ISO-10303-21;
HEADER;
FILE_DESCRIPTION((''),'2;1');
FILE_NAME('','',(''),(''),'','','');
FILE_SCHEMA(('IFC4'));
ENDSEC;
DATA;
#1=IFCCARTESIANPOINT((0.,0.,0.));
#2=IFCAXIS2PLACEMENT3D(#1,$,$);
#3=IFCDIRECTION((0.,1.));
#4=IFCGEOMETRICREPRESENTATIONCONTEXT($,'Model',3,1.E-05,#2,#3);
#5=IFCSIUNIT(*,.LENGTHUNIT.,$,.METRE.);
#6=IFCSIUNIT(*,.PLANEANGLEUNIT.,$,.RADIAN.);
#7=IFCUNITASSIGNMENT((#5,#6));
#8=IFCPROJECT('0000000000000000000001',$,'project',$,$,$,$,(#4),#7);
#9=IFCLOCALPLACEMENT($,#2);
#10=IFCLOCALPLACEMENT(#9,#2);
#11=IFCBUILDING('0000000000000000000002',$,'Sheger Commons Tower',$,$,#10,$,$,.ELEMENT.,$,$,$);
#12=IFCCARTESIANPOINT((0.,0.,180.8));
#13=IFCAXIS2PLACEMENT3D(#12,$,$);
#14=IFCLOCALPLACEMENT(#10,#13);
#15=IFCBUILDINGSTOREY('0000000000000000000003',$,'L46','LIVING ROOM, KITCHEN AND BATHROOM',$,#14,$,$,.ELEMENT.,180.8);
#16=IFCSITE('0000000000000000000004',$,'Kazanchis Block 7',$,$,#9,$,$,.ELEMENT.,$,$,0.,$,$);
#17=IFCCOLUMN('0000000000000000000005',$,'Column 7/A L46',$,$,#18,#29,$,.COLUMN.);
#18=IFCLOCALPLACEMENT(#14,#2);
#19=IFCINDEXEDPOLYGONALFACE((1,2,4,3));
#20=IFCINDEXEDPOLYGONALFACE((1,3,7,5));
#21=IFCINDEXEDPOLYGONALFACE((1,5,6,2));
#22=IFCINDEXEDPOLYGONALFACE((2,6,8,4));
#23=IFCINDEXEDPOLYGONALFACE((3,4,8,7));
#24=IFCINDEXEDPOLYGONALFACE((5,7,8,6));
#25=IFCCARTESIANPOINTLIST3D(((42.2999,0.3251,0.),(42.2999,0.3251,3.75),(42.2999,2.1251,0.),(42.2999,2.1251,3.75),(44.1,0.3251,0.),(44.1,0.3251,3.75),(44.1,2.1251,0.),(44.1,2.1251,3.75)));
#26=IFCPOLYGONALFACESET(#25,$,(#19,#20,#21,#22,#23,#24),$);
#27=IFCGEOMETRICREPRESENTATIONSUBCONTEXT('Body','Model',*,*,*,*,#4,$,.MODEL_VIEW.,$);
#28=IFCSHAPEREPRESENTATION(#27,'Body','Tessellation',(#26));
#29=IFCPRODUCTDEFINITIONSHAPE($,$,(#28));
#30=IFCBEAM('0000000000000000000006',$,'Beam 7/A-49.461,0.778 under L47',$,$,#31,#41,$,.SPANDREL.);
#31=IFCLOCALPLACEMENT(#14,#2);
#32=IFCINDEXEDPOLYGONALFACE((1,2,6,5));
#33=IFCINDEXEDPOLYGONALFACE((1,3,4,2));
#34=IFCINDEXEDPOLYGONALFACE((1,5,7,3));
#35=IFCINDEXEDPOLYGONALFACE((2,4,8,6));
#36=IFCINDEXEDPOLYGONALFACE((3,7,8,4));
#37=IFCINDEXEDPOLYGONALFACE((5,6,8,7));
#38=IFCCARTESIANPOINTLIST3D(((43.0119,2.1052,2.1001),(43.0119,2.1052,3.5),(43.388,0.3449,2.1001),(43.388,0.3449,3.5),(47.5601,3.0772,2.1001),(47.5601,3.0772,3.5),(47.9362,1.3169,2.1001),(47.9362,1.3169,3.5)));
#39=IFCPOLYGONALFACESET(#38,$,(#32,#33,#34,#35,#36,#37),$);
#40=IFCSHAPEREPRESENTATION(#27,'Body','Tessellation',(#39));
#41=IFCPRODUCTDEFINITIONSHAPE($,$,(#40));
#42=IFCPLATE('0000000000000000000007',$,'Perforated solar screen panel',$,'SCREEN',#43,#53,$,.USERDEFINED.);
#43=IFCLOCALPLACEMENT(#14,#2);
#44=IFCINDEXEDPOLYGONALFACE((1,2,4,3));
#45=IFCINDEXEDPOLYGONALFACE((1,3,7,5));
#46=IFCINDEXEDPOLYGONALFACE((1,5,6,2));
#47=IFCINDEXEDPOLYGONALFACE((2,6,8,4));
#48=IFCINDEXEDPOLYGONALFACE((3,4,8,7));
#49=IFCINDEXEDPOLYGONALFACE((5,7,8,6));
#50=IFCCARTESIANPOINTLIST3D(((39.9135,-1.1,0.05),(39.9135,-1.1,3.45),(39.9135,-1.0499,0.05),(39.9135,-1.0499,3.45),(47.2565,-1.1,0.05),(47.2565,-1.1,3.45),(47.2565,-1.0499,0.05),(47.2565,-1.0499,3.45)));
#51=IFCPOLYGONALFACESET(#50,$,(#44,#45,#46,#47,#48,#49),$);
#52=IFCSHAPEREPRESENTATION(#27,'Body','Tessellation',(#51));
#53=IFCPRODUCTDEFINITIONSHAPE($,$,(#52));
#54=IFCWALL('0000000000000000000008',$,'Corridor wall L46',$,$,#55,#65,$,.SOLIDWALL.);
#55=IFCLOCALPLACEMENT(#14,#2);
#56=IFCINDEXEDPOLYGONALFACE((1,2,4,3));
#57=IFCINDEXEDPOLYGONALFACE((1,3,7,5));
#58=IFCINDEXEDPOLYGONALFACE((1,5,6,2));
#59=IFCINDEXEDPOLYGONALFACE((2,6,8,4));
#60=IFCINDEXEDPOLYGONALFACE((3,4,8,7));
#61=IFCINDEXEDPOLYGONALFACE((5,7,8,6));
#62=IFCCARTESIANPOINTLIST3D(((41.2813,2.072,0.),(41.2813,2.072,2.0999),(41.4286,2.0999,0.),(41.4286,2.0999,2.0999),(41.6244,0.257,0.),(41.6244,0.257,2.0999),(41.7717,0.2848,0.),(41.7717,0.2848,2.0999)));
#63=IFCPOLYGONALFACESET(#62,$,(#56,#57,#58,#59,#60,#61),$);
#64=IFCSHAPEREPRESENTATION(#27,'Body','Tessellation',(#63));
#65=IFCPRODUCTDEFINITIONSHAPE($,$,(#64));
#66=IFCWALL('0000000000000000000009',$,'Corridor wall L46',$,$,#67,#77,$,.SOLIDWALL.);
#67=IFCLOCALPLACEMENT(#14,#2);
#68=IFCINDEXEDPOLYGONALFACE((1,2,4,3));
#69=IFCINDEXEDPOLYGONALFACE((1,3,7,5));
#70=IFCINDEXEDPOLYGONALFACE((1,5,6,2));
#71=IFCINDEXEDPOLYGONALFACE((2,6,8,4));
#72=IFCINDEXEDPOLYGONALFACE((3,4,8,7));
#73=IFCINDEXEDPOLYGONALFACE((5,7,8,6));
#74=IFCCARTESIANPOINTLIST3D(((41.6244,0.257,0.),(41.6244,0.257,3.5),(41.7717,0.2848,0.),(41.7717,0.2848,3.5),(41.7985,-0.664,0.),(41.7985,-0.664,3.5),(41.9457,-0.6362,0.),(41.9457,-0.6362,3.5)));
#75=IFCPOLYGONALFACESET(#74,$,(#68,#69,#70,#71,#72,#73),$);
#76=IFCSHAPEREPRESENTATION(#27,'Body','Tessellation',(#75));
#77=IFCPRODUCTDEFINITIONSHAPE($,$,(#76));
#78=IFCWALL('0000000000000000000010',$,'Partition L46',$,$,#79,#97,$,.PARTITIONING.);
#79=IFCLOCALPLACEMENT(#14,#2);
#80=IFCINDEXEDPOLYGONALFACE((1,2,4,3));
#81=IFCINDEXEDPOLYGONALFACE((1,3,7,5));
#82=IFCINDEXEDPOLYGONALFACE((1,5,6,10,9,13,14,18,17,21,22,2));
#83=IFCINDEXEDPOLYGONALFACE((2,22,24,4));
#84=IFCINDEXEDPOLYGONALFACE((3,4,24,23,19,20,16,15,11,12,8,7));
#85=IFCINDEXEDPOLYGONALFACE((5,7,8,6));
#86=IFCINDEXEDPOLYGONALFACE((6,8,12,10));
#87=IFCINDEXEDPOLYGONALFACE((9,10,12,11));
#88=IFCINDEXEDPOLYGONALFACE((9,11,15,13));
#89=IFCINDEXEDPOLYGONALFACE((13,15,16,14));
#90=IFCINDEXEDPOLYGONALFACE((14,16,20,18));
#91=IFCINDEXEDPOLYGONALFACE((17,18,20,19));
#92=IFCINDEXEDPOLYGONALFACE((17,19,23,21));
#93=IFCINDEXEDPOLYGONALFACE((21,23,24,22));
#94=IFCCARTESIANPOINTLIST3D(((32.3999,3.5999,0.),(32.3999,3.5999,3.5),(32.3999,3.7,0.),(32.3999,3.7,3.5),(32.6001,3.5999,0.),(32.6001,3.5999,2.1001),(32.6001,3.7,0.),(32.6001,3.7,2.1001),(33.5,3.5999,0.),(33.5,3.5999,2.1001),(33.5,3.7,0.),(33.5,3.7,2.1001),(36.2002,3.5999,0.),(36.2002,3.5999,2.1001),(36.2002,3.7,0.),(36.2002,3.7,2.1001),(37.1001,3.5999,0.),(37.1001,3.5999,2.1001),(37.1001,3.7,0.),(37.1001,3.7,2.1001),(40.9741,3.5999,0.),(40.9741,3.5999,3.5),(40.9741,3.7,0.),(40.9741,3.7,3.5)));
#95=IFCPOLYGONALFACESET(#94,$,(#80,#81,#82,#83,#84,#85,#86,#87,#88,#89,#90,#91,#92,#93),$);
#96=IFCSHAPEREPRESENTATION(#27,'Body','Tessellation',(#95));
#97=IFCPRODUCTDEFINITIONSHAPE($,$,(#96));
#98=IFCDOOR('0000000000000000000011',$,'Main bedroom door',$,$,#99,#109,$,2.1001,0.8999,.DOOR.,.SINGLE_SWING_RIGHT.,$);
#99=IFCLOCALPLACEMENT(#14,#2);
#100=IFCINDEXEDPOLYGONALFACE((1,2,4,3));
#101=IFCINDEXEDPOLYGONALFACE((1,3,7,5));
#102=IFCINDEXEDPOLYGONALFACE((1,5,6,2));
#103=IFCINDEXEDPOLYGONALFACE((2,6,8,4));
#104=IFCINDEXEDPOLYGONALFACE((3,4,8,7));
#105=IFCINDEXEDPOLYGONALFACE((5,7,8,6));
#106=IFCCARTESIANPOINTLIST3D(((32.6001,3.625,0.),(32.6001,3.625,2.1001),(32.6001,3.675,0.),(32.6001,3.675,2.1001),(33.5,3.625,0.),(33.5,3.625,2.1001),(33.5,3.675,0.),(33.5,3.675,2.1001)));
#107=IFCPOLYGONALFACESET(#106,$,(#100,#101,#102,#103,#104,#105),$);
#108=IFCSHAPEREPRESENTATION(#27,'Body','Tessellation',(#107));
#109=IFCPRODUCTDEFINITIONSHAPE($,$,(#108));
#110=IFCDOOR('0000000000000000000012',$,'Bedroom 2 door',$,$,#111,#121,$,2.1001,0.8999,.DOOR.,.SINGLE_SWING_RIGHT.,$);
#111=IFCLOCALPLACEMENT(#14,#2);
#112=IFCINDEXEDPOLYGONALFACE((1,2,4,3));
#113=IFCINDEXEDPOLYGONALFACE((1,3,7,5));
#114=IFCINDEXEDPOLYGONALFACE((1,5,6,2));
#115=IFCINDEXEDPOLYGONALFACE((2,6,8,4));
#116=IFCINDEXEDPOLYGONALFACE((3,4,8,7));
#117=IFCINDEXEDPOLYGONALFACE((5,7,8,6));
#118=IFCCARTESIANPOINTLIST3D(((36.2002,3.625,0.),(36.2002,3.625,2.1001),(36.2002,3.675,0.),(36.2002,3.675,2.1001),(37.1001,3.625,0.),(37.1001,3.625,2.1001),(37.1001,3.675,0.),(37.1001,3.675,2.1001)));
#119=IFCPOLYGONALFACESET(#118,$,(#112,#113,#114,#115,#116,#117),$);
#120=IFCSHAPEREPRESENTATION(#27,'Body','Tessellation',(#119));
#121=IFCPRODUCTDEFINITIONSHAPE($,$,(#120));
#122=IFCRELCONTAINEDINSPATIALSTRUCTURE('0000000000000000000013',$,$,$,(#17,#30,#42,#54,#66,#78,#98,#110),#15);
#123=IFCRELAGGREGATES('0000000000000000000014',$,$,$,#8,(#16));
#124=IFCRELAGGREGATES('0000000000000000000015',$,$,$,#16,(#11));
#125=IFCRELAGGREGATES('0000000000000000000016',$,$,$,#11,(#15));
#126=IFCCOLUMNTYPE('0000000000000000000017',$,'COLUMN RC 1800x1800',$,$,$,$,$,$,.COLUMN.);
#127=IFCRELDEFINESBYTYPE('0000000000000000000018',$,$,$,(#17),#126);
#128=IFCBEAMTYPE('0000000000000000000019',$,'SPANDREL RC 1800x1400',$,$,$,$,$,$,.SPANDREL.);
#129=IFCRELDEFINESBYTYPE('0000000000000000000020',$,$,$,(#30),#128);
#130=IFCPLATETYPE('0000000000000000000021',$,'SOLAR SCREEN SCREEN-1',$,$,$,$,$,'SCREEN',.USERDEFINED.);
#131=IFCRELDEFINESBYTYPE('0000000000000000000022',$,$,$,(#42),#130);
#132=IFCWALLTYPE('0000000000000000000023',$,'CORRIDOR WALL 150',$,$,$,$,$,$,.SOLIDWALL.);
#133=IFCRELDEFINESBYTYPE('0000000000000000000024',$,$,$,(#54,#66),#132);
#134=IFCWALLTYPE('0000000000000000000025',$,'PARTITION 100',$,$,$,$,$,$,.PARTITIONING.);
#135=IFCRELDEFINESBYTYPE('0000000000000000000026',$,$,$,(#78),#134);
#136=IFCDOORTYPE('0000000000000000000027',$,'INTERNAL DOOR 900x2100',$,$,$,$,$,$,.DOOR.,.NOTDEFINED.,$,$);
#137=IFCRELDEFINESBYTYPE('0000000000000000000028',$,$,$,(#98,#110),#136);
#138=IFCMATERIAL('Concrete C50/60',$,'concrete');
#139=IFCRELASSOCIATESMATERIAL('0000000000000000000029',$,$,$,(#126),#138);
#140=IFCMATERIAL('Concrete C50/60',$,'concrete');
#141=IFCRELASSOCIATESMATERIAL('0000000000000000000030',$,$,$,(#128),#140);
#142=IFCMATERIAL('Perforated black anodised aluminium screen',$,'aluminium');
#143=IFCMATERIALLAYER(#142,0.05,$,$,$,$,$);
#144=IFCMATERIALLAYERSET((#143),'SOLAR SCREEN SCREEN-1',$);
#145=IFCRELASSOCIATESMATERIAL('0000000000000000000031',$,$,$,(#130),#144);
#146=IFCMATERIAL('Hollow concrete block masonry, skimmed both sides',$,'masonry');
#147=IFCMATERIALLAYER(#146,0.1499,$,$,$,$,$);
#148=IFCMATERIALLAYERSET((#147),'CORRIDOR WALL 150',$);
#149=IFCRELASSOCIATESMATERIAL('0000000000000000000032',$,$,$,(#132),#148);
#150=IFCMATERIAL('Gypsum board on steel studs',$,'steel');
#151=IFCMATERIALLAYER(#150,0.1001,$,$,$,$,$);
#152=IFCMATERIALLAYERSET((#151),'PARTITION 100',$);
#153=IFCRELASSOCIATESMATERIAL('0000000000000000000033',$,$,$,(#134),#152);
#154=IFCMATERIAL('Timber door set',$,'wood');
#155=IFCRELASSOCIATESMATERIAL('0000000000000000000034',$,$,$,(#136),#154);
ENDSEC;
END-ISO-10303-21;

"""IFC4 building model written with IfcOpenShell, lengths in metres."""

from ifc_helpers import new_model, si_unit, direction, frame, frame_2d, origin, origin_2d, place, context, subcontext, project, spatial, rectangle, extrude, material, layer, layer_set, material_profile, profile_set, type_object, element, fill, save


model = new_model("IFC4")

# Units and contexts
model_context = context("Model", 3, precision=1e-05, world=origin(), true_north=direction((0.0, 1.0)))
body_context = subcontext(model_context, "Body", "Model", "MODEL_VIEW")
ifc_project = project(units=[si_unit("LENGTHUNIT", "METRE"), si_unit("PLANEANGLEUNIT", "RADIAN")], contexts=[model_context])

# Site, building, storey
site_placement = place(None, origin())
site = spatial("IfcSite", under=ifc_project, at=site_placement, Name="Kazanchis Block 7", CompositionType="ELEMENT", RefElevation=0.0)
building_placement = place(site_placement, origin())
building = spatial("IfcBuilding", under=site, at=building_placement, Name="Sheger Commons Tower", CompositionType="ELEMENT")
storey_placement = place(building_placement, frame((0.0, 0.0, 180.8)))
storey = spatial("IfcBuildingStorey", under=building, at=storey_placement, Name="L46", Description="LIVING ROOM, KITCHEN AND BATHROOM", CompositionType="ELEMENT", Elevation=180.8)

# Column
ifc_material_1 = material(Name="Concrete C50/60", Category="concrete")
ifc_material_profile_1 = material_profile(ifc_material_1, rectangle(XDim=1.8, YDim=1.8, at=origin_2d()), Name="RC 1800x1800")
ifc_profile_set_1 = profile_set([ifc_material_profile_1], Name="Concrete C50/60")
column_type = type_object("IfcColumnType", Name="COLUMN RC 1800x1800", PredefinedType="COLUMN", material=ifc_profile_set_1)
column_placement = place(storey_placement, frame((43.2, 1.2251, 0.0), z_axis=(0.0, 0.0, 1.0), x_axis=(1.0, 0.0, 0.0)))
element("IfcColumn", 1, at=column_placement, inside=storey, type_object=column_type, Name="Column 7/A L46", PredefinedType="COLUMN", context=body_context, shape_type="SweptSolid", body=[
    extrude(rectangle(XDim=1.8, YDim=1.8, at=origin_2d()), origin(), (0.0, 0.0, 1.0), 3.75),
])

# Beam
ifc_material_2 = material(Name="Concrete C50/60", Category="concrete")
ifc_material_profile_2 = material_profile(ifc_material_2, rectangle(XDim=1.8, YDim=1.3999, at=origin_2d()), Name="RC 1800x1400")
ifc_profile_set_2 = profile_set([ifc_material_profile_2], Name="Concrete C50/60")
beam_type = type_object("IfcBeamType", Name="SPANDREL RC 1800x1400", PredefinedType="SPANDREL", material=ifc_profile_set_2)
beam_placement = place(storey_placement, frame((43.2, 1.2251, 2.8), z_axis=(0.97792, 0.208981, 0.0), x_axis=(-0.208981, 0.97792, 0.0)))
element("IfcBeam", 2, at=beam_placement, inside=storey, type_object=beam_type, Name="Beam 7/A-49.461,0.778 under L47", PredefinedType="SPANDREL", context=body_context, shape_type="SweptSolid", body=[
    extrude(rectangle(XDim=1.8, YDim=1.3999, at=origin_2d()), origin(), (0.0, 0.0, 1.0), 4.6509),
])

# Plate
ifc_material_3 = material(Name="Perforated black anodised aluminium screen", Category="aluminium")
ifc_layer_1 = layer(ifc_material_3, 0.05)
ifc_layer_set_1 = layer_set([ifc_layer_1], Name="SOLAR SCREEN SCREEN-1")
plate_type = type_object("IfcPlateType", Name="SOLAR SCREEN SCREEN-1", ElementType="SCREEN", PredefinedType="USERDEFINED", material=ifc_layer_set_1)
plate_placement = place(storey_placement, frame((43.585, -1.075, 0.05), z_axis=(0.0, 0.0, 1.0), x_axis=(1.0, 0.0, 0.0)))
element("IfcPlate", 3, at=plate_placement, inside=storey, type_object=plate_type, Name="Perforated solar screen panel", ObjectType="SCREEN", PredefinedType="USERDEFINED", context=body_context, shape_type="SweptSolid", body=[
    extrude(rectangle(XDim=7.343, YDim=0.05, at=origin_2d()), origin(), (0.0, 0.0, 1.0), 3.3999),
])

# Walls
ifc_material_4 = material(Name="Hollow concrete block masonry, skimmed both sides", Category="masonry")
ifc_layer_2 = layer(ifc_material_4, 0.1499)
ifc_layer_set_2 = layer_set([ifc_layer_2], Name="CORRIDOR WALL 150")
wall_type_1 = type_object("IfcWallType", Name="CORRIDOR WALL 150", PredefinedType="SOLIDWALL", material=ifc_layer_set_2)
wall_1_placement = place(storey_placement, frame((41.355, 2.0859, 0.0), z_axis=(0.0, 0.0, 1.0), x_axis=(0.185709, -0.982605, 0.0)))
element("IfcWall", 4, at=wall_1_placement, inside=storey, type_object=wall_type_1, Name="Corridor wall L46", PredefinedType="SOLIDWALL", context=body_context, shape_type="SweptSolid", body=[
    extrude(rectangle(XDim=1.8472, YDim=0.1499, at=frame_2d((0.9236, 0.0))), origin(), (0.0, 0.0, 1.0), 2.0999),
])
wall_2_placement = place(storey_placement, frame((41.698, 0.271, 0.0), z_axis=(0.0, 0.0, 1.0), x_axis=(0.185735, -0.9826, 0.0)))
element("IfcWall", 5, at=wall_2_placement, inside=storey, type_object=wall_type_1, Name="Corridor wall L46", PredefinedType="SOLIDWALL", context=body_context, shape_type="SweptSolid", body=[
    extrude(rectangle(XDim=0.9373, YDim=0.1499, at=frame_2d((0.4688, 0.0))), origin(), (0.0, 0.0, 1.0), 3.5),
])

# Wall, openings, doors
ifc_material_5 = material(Name="Gypsum board on steel studs", Category="steel")
ifc_layer_3 = layer(ifc_material_5, 0.1001)
ifc_layer_set_3 = layer_set([ifc_layer_3], Name="PARTITION 100")
wall_type_2 = type_object("IfcWallType", Name="PARTITION 100", PredefinedType="PARTITIONING", material=ifc_layer_set_3)
wall_3_placement = place(storey_placement, frame((40.9741, 3.6499, 0.0), z_axis=(0.0, 0.0, 1.0), x_axis=(-1.0, 0.0, 0.0)))
wall_3 = element("IfcWall", 6, at=wall_3_placement, inside=storey, type_object=wall_type_2, Name="Partition L46", PredefinedType="PARTITIONING", context=body_context, shape_type="SweptSolid", body=[
    extrude(rectangle(XDim=8.5742, YDim=0.1001, at=frame_2d((4.2871, 0.0))), origin(), (0.0, 0.0, 1.0), 3.5),
])
opening_1_placement = place(wall_3_placement, frame((7.4741, 0.0, 0.0)))
opening_1 = element("IfcOpeningElement", 7, at=opening_1_placement, cuts=wall_3, PredefinedType="OPENING", context=body_context, shape_type="SweptSolid", body=[
    extrude(rectangle(XDim=0.8999, YDim=2.1001, at=frame_2d((0.45, 1.05))), frame((0.0, 0.0601, 0.0), z_axis=(0.0, -1.0, 0.0), x_axis=(1.0, 0.0, 0.0)), (0.0, 0.0, 1.0), 0.1201),
])
opening_2_placement = place(wall_3_placement, frame((3.874, 0.0, 0.0)))
opening_2 = element("IfcOpeningElement", 8, at=opening_2_placement, cuts=wall_3, PredefinedType="OPENING", context=body_context, shape_type="SweptSolid", body=[
    extrude(rectangle(XDim=0.8999, YDim=2.1001, at=frame_2d((0.45, 1.05))), frame((0.0, 0.0601, 0.0), z_axis=(0.0, -1.0, 0.0), x_axis=(1.0, 0.0, 0.0)), (0.0, 0.0, 1.0), 0.1201),
])
ifc_material_6 = material(Name="Timber door set", Category="wood")
door_type = type_object("IfcDoorType", Name="INTERNAL DOOR 900x2100", OperationType="NOTDEFINED", PredefinedType="DOOR", material=ifc_material_6)
door_1_placement = place(opening_1_placement, origin())
door_1 = element("IfcDoor", 9, at=door_1_placement, inside=storey, type_object=door_type, Name="Main bedroom door", OperationType="SINGLE_SWING_RIGHT", OverallHeight=2.1001, OverallWidth=0.8999, PredefinedType="DOOR", context=body_context, shape_type="SweptSolid", body=[
    extrude(rectangle(XDim=0.8999, YDim=2.1001, at=frame_2d((0.45, 1.05))), frame((0.0, 0.0249, 0.0), z_axis=(0.0, -1.0, 0.0), x_axis=(1.0, 0.0, 0.0)), (0.0, 0.0, 1.0), 0.05),
])
fill(opening_1, door_1)
door_2_placement = place(opening_2_placement, origin())
door_2 = element("IfcDoor", 10, at=door_2_placement, inside=storey, type_object=door_type, Name="Bedroom 2 door", OperationType="SINGLE_SWING_RIGHT", OverallHeight=2.1001, OverallWidth=0.8999, PredefinedType="DOOR", context=body_context, shape_type="SweptSolid", body=[
    extrude(rectangle(XDim=0.8999, YDim=2.1001, at=frame_2d((0.45, 1.05))), frame((0.0, 0.0249, 0.0), z_axis=(0.0, -1.0, 0.0), x_axis=(1.0, 0.0, 0.0)), (0.0, 0.0, 1.0), 0.05),
])
fill(opening_2, door_2)

save(model, "model.ifc")
